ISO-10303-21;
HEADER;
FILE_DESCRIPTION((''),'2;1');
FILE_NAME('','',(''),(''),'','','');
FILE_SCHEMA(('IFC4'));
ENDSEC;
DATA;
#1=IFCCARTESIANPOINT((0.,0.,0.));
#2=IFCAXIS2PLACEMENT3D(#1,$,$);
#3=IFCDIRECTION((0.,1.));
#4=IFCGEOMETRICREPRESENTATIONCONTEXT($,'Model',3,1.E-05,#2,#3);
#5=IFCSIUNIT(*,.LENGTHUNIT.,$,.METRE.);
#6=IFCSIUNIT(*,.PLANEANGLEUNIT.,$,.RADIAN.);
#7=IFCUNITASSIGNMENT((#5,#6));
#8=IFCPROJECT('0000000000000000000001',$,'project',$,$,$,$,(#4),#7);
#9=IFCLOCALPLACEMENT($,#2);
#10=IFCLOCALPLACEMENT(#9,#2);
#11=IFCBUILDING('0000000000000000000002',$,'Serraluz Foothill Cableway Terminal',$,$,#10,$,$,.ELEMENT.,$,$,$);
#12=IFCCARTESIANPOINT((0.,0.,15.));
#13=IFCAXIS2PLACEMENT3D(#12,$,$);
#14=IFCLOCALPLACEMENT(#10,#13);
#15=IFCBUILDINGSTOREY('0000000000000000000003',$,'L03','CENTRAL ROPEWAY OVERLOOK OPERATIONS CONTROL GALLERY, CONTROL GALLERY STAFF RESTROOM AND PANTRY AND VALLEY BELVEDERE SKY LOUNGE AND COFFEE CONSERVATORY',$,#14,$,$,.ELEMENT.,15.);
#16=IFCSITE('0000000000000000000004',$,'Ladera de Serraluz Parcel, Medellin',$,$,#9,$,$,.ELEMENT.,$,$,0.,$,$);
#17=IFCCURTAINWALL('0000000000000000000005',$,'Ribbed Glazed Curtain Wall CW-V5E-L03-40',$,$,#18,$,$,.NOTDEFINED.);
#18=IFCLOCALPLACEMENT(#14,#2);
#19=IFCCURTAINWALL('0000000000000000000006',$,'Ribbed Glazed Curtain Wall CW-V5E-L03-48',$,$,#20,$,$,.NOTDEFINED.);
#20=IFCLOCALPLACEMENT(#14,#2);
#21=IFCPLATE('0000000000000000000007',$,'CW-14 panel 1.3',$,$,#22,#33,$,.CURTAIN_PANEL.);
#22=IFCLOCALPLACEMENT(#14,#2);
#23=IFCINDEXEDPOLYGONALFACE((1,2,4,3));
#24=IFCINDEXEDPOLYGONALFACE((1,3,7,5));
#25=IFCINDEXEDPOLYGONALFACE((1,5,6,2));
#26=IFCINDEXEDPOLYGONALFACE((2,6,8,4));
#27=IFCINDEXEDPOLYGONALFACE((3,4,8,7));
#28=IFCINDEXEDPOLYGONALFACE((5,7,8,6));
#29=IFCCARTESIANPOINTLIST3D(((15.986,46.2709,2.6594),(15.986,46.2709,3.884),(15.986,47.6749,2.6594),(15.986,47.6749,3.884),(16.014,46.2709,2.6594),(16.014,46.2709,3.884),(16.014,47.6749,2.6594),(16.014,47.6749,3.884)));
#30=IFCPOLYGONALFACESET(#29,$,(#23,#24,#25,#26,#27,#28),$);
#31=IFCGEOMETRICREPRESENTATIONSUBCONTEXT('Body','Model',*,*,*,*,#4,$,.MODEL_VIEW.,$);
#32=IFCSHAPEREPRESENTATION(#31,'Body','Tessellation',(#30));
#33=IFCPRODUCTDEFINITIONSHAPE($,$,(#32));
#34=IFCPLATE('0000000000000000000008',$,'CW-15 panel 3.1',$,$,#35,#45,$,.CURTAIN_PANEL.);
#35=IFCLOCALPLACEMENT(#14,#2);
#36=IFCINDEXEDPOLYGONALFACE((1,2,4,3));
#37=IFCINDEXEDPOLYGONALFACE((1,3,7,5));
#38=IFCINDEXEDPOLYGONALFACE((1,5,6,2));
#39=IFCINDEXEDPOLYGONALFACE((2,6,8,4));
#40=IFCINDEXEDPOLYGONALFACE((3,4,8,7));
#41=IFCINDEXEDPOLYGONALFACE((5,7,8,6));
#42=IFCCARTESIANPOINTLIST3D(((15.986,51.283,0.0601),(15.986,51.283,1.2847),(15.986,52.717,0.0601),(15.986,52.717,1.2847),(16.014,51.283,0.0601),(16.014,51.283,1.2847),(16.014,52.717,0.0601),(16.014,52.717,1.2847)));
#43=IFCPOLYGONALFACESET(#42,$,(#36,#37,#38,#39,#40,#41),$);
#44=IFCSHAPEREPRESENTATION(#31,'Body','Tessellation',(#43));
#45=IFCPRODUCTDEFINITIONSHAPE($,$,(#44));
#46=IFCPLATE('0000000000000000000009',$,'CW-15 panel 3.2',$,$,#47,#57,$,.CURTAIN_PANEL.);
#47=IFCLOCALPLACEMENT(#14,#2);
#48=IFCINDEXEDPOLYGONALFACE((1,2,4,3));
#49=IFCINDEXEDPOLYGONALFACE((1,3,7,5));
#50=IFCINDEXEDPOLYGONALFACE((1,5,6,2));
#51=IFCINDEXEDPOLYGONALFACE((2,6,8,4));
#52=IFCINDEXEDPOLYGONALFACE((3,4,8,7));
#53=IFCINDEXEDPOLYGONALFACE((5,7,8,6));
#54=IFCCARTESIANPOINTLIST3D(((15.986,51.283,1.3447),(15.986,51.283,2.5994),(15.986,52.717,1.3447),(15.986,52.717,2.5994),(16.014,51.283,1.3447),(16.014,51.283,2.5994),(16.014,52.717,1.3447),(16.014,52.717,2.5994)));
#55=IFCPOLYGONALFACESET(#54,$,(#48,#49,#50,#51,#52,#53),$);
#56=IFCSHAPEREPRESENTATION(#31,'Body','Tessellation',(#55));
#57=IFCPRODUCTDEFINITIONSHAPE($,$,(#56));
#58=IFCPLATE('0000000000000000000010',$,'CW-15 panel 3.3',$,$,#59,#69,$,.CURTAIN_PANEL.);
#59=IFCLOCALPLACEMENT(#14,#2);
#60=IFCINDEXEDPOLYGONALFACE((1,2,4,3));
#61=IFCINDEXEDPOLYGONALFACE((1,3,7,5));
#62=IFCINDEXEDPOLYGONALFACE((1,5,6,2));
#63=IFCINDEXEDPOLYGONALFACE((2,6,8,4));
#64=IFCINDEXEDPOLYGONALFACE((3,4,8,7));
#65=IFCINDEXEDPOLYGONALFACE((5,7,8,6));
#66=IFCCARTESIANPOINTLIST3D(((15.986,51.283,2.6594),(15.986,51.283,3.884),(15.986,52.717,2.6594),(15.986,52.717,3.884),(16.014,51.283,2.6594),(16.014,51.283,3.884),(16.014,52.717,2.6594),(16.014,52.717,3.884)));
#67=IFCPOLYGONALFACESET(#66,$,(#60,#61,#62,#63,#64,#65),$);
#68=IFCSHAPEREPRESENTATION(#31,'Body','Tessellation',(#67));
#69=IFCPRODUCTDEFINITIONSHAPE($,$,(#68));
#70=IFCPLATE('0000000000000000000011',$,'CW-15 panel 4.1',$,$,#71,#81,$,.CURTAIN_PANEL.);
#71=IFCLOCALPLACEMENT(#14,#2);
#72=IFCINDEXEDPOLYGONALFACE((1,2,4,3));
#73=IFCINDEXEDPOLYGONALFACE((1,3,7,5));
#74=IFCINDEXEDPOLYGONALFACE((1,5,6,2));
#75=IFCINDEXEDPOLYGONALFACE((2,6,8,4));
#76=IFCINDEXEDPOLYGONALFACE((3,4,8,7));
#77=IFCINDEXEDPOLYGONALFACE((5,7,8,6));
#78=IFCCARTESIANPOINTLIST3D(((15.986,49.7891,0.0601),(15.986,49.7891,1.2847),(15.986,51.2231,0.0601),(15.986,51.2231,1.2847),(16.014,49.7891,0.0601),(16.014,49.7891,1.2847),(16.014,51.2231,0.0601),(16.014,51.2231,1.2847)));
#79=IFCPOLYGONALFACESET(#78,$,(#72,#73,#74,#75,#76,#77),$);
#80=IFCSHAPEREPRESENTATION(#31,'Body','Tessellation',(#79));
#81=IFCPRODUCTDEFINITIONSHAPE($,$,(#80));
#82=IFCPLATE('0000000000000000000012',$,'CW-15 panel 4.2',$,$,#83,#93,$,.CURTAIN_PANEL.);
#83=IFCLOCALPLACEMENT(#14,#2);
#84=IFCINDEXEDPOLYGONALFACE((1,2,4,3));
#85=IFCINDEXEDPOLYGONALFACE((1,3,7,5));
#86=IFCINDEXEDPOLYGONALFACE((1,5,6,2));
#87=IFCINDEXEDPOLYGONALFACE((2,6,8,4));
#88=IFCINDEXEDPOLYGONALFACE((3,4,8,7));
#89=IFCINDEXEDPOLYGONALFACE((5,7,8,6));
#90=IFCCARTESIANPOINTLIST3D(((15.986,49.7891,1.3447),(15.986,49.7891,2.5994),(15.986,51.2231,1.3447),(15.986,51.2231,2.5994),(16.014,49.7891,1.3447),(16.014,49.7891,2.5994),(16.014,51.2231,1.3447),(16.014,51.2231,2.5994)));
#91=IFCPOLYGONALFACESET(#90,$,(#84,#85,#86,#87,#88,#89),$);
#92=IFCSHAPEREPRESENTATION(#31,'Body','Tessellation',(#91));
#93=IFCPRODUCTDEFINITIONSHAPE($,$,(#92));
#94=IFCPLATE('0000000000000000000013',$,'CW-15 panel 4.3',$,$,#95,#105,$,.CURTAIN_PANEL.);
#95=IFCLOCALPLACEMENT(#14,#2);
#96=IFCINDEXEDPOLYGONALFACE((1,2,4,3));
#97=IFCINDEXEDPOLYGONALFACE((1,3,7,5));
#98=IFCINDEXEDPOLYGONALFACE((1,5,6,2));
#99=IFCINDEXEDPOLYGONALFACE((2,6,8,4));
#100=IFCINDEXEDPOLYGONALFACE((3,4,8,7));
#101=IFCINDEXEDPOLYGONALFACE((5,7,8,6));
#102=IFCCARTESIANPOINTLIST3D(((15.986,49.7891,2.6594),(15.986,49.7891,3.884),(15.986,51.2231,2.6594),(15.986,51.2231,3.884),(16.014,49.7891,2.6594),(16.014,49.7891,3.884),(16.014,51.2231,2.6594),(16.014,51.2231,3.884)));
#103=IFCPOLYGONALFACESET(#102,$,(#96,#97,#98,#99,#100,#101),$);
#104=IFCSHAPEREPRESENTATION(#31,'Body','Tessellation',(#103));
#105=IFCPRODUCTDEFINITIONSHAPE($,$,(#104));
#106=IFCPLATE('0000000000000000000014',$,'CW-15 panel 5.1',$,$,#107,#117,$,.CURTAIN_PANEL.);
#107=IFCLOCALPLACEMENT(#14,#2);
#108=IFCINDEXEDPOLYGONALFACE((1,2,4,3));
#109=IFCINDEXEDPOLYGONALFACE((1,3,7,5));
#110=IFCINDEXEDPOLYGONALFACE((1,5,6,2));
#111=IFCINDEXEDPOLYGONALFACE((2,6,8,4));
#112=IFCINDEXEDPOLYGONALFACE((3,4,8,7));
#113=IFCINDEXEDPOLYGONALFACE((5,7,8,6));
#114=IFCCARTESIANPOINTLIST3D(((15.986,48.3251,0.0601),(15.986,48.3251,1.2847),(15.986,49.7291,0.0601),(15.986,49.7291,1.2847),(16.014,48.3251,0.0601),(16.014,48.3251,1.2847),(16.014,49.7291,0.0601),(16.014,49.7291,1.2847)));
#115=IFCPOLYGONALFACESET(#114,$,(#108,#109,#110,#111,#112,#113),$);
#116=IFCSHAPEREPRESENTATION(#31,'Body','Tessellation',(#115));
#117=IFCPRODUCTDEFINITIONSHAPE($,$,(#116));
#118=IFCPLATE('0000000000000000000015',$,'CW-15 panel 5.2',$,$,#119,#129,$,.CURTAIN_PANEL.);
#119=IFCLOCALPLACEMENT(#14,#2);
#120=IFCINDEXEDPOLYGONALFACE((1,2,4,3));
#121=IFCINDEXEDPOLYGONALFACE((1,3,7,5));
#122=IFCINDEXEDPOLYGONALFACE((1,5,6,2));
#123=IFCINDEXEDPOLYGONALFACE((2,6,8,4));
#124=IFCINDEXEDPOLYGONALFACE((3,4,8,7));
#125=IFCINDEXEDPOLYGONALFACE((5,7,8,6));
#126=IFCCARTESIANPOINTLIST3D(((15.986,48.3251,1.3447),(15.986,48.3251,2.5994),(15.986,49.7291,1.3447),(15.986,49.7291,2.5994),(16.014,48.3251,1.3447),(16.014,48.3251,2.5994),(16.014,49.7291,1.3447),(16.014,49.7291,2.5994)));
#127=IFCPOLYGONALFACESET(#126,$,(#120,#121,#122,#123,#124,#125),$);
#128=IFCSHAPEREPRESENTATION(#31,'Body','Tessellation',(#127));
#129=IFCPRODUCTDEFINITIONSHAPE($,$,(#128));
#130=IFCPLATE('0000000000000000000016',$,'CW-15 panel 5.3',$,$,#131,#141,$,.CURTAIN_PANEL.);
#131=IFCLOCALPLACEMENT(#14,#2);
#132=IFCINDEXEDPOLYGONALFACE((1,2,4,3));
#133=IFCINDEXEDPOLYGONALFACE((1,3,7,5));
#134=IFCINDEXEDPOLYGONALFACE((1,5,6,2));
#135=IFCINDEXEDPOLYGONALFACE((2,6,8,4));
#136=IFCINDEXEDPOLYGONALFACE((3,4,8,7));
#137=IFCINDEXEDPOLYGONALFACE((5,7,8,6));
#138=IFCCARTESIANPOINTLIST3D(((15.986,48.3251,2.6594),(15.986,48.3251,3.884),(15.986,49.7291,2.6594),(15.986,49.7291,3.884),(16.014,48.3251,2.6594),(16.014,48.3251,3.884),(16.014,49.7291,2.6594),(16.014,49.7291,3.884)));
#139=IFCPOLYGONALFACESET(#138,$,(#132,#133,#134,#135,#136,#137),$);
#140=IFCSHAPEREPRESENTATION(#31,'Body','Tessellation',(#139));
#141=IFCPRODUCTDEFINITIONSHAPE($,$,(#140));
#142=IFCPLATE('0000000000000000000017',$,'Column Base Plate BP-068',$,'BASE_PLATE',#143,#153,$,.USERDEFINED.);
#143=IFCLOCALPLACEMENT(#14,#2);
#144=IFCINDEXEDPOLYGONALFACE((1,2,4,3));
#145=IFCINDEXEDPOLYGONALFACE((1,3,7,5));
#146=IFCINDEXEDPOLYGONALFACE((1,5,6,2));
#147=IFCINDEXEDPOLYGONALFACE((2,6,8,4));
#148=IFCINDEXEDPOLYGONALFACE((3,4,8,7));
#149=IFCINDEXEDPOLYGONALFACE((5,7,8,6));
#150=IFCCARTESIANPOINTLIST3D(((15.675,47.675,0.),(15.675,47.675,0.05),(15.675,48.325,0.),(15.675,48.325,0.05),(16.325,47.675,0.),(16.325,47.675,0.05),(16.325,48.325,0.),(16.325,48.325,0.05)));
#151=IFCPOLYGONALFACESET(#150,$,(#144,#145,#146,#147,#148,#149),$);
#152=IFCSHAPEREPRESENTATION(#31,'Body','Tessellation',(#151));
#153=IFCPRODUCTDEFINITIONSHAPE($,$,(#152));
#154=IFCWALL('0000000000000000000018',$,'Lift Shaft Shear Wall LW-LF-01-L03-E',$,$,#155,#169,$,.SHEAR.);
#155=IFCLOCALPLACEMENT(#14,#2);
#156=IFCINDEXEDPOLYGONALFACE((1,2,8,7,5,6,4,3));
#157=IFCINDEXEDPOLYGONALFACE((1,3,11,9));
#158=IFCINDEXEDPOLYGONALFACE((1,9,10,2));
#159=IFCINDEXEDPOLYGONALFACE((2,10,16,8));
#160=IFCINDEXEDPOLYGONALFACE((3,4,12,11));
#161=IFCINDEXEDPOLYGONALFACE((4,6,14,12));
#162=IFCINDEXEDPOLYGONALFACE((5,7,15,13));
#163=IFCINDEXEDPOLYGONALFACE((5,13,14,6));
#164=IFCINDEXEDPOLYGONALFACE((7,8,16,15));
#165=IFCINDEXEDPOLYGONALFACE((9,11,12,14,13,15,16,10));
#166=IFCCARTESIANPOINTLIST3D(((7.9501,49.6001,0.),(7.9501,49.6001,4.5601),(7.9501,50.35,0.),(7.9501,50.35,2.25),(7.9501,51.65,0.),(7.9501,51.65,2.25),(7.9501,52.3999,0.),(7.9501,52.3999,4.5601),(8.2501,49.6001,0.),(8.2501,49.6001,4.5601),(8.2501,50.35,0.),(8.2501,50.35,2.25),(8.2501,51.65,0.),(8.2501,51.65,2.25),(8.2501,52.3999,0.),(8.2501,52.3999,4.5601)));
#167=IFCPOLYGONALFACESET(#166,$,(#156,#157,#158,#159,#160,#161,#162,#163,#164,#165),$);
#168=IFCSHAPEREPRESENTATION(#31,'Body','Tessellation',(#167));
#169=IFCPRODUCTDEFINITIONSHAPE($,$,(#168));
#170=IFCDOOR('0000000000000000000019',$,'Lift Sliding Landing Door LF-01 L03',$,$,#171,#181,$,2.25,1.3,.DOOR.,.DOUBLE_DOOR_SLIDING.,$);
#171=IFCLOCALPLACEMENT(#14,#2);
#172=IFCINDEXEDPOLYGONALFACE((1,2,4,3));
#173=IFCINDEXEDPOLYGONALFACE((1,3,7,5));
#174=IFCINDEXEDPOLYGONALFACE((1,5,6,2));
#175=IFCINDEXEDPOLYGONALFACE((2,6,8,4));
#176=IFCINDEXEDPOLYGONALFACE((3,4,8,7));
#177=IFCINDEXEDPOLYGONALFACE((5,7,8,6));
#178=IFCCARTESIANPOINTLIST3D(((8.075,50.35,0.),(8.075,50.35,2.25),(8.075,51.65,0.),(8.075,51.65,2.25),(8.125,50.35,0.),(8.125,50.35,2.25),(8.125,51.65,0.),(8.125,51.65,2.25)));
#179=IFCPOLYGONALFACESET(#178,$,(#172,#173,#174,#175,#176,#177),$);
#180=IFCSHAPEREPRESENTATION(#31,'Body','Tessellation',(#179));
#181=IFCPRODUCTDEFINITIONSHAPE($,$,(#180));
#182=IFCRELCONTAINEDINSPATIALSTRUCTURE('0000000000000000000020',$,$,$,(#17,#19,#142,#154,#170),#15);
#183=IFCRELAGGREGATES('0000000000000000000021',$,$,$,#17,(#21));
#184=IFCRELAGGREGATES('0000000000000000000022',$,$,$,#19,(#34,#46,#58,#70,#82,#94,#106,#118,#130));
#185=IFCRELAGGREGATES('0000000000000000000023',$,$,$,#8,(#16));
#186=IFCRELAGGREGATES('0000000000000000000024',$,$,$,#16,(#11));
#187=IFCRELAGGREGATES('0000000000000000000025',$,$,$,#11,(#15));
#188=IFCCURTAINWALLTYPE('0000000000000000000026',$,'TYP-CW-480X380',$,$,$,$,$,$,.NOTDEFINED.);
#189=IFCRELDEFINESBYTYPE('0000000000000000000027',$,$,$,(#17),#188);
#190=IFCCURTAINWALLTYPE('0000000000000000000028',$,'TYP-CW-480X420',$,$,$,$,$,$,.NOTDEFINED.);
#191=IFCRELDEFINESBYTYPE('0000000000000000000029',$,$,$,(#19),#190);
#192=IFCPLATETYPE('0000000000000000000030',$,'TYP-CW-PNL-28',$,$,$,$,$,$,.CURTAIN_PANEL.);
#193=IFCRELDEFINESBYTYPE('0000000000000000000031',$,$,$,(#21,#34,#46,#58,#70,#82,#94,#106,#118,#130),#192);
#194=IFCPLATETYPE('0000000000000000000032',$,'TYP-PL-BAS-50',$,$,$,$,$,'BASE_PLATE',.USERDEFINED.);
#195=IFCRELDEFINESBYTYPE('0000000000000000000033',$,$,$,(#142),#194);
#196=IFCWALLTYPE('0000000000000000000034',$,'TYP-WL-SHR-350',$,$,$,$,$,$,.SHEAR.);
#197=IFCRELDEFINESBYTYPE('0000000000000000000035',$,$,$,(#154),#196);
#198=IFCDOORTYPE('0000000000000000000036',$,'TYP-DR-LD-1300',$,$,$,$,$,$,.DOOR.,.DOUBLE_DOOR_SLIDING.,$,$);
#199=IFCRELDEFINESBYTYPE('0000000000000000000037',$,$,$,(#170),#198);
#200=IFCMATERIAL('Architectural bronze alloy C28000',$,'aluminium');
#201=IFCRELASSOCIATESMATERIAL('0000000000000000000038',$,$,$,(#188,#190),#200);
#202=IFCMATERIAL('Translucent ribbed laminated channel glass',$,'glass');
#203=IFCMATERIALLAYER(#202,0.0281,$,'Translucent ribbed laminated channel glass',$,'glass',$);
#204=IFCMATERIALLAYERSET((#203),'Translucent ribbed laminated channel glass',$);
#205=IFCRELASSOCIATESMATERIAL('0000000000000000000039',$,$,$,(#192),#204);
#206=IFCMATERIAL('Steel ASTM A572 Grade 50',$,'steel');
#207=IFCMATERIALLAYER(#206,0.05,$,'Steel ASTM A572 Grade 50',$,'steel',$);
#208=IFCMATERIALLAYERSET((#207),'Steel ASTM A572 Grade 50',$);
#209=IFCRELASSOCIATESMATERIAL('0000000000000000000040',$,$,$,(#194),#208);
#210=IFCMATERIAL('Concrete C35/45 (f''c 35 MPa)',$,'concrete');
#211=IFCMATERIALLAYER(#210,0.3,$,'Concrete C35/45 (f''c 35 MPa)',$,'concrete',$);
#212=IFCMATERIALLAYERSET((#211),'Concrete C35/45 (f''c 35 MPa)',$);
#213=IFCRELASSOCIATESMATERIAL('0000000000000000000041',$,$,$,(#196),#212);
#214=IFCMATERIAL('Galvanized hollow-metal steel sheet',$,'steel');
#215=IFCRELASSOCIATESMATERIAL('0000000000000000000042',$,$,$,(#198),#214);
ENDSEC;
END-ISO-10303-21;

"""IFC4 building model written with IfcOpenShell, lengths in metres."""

from ifc_helpers import new_model, si_unit, direction, frame, frame_2d, origin, origin_2d, place, context, subcontext, project, spatial, rectangle, extrude, material, layer, layer_set, type_object, element, fill, aggregate, save


model = new_model("IFC4")

# Units and contexts
model_context = context("Model", 3, precision=1e-05, world=origin(), true_north=direction((0.0, 1.0)))
body_context = subcontext(model_context, "Body", "Model", "MODEL_VIEW")
ifc_project = project(units=[si_unit("LENGTHUNIT", "METRE"), si_unit("PLANEANGLEUNIT", "RADIAN")], contexts=[model_context])

# Site, building, storey
site_placement = place(None, origin())
site = spatial("IfcSite", under=ifc_project, at=site_placement, Name="Ladera de Serraluz Parcel, Medellin", CompositionType="ELEMENT", RefElevation=0.0)
building_placement = place(site_placement, origin())
building = spatial("IfcBuilding", under=site, at=building_placement, Name="Serraluz Foothill Cableway Terminal", CompositionType="ELEMENT")
storey_placement = place(building_placement, frame((0.0, 0.0, 15.0)))
storey = spatial("IfcBuildingStorey", under=building, at=storey_placement, Name="L03", Description="CENTRAL ROPEWAY OVERLOOK OPERATIONS CONTROL GALLERY, CONTROL GALLERY STAFF RESTROOM AND PANTRY AND VALLEY BELVEDERE SKY LOUNGE AND COFFEE CONSERVATORY", CompositionType="ELEMENT", Elevation=15.0)

# Shared definitions
ifc_material_1 = material(Name="Steel ASTM A572 Grade 50", Category="steel")

# Curtain walls
ifc_material_2 = material(Name="Architectural bronze alloy C28000", Category="aluminium")
curtain_wall_type_1 = type_object("IfcCurtainWallType", Name="TYP-CW-480X380", PredefinedType="NOTDEFINED", material=ifc_material_2)
curtain_wall_1_placement = place(storey_placement, origin())
curtain_wall_1 = element("IfcCurtainWall", 1, at=curtain_wall_1_placement, inside=storey, type_object=curtain_wall_type_1, Name="Ribbed Glazed Curtain Wall CW-V5E-L03-40", PredefinedType="NOTDEFINED")
curtain_wall_type_2 = type_object("IfcCurtainWallType", Name="TYP-CW-480X420", PredefinedType="NOTDEFINED", material=ifc_material_2)
curtain_wall_2_placement = place(storey_placement, origin())
curtain_wall_2 = element("IfcCurtainWall", 2, at=curtain_wall_2_placement, inside=storey, type_object=curtain_wall_type_2, Name="Ribbed Glazed Curtain Wall CW-V5E-L03-48", PredefinedType="NOTDEFINED")

# Plates
ifc_material_3 = material(Name="Translucent ribbed laminated channel glass", Category="glass")
ifc_layer_1 = layer(ifc_material_3, 0.0281, Name="Translucent ribbed laminated channel glass", Category="glass")
ifc_layer_set_1 = layer_set([ifc_layer_1], Name="Translucent ribbed laminated channel glass")
plate_type_1 = type_object("IfcPlateType", Name="TYP-CW-PNL-28", PredefinedType="CURTAIN_PANEL", material=ifc_layer_set_1)
plate_1_placement = place(storey_placement, frame((16.0, 46.9729, 2.6594), z_axis=(0.0, 0.0, 1.0), x_axis=(0.0, -1.0, 0.0)))
plate_1 = element("IfcPlate", 3, at=plate_1_placement, type_object=plate_type_1, Name="CW-14 panel 1.3", PredefinedType="CURTAIN_PANEL", context=body_context, shape_type="SweptSolid", body=[
    extrude(rectangle(XDim=1.4041, YDim=0.0281, at=origin_2d()), origin(), (0.0, 0.0, 1.0), 1.2246),
])
aggregate(curtain_wall_1, [plate_1])
plate_2_placement = place(storey_placement, frame((16.0, 52.0, 0.0601), z_axis=(0.0, 0.0, 1.0), x_axis=(0.0, -1.0, 0.0)))
plate_2 = element("IfcPlate", 4, at=plate_2_placement, type_object=plate_type_1, Name="CW-15 panel 3.1", PredefinedType="CURTAIN_PANEL", context=body_context, shape_type="SweptSolid", body=[
    extrude(rectangle(XDim=1.4341, YDim=0.0281, at=origin_2d()), origin(), (0.0, 0.0, 1.0), 1.2246),
])
plate_3_placement = place(storey_placement, frame((16.0, 52.0, 1.3447), z_axis=(0.0, 0.0, 1.0), x_axis=(0.0, -1.0, 0.0)))
plate_3 = element("IfcPlate", 5, at=plate_3_placement, type_object=plate_type_1, Name="CW-15 panel 3.2", PredefinedType="CURTAIN_PANEL", context=body_context, shape_type="SweptSolid", body=[
    extrude(rectangle(XDim=1.4341, YDim=0.0281, at=origin_2d()), origin(), (0.0, 0.0, 1.0), 1.2546),
])
plate_4_placement = place(storey_placement, frame((16.0, 52.0, 2.6594), z_axis=(0.0, 0.0, 1.0), x_axis=(0.0, -1.0, 0.0)))
plate_4 = element("IfcPlate", 6, at=plate_4_placement, type_object=plate_type_1, Name="CW-15 panel 3.3", PredefinedType="CURTAIN_PANEL", context=body_context, shape_type="SweptSolid", body=[
    extrude(rectangle(XDim=1.4341, YDim=0.0281, at=origin_2d()), origin(), (0.0, 0.0, 1.0), 1.2246),
])
plate_5_placement = place(storey_placement, frame((16.0, 50.5061, 0.0601), z_axis=(0.0, 0.0, 1.0), x_axis=(0.0, -1.0, 0.0)))
plate_5 = element("IfcPlate", 7, at=plate_5_placement, type_object=plate_type_1, Name="CW-15 panel 4.1", PredefinedType="CURTAIN_PANEL", context=body_context, shape_type="SweptSolid", body=[
    extrude(rectangle(XDim=1.4341, YDim=0.0281, at=origin_2d()), origin(), (0.0, 0.0, 1.0), 1.2246),
])
plate_6_placement = place(storey_placement, frame((16.0, 50.5061, 1.3447), z_axis=(0.0, 0.0, 1.0), x_axis=(0.0, -1.0, 0.0)))
plate_6 = element("IfcPlate", 8, at=plate_6_placement, type_object=plate_type_1, Name="CW-15 panel 4.2", PredefinedType="CURTAIN_PANEL", context=body_context, shape_type="SweptSolid", body=[
    extrude(rectangle(XDim=1.4341, YDim=0.0281, at=origin_2d()), origin(), (0.0, 0.0, 1.0), 1.2546),
])
plate_7_placement = place(storey_placement, frame((16.0, 50.5061, 2.6594), z_axis=(0.0, 0.0, 1.0), x_axis=(0.0, -1.0, 0.0)))
plate_7 = element("IfcPlate", 9, at=plate_7_placement, type_object=plate_type_1, Name="CW-15 panel 4.3", PredefinedType="CURTAIN_PANEL", context=body_context, shape_type="SweptSolid", body=[
    extrude(rectangle(XDim=1.4341, YDim=0.0281, at=origin_2d()), origin(), (0.0, 0.0, 1.0), 1.2246),
])
plate_8_placement = place(storey_placement, frame((16.0, 49.0271, 0.0601), z_axis=(0.0, 0.0, 1.0), x_axis=(0.0, -1.0, 0.0)))
plate_8 = element("IfcPlate", 10, at=plate_8_placement, type_object=plate_type_1, Name="CW-15 panel 5.1", PredefinedType="CURTAIN_PANEL", context=body_context, shape_type="SweptSolid", body=[
    extrude(rectangle(XDim=1.4041, YDim=0.0281, at=origin_2d()), origin(), (0.0, 0.0, 1.0), 1.2246),
])
plate_9_placement = place(storey_placement, frame((16.0, 49.0271, 1.3447), z_axis=(0.0, 0.0, 1.0), x_axis=(0.0, -1.0, 0.0)))
plate_9 = element("IfcPlate", 11, at=plate_9_placement, type_object=plate_type_1, Name="CW-15 panel 5.2", PredefinedType="CURTAIN_PANEL", context=body_context, shape_type="SweptSolid", body=[
    extrude(rectangle(XDim=1.4041, YDim=0.0281, at=origin_2d()), origin(), (0.0, 0.0, 1.0), 1.2546),
])
plate_10_placement = place(storey_placement, frame((16.0, 49.0271, 2.6594), z_axis=(0.0, 0.0, 1.0), x_axis=(0.0, -1.0, 0.0)))
plate_10 = element("IfcPlate", 12, at=plate_10_placement, type_object=plate_type_1, Name="CW-15 panel 5.3", PredefinedType="CURTAIN_PANEL", context=body_context, shape_type="SweptSolid", body=[
    extrude(rectangle(XDim=1.4041, YDim=0.0281, at=origin_2d()), origin(), (0.0, 0.0, 1.0), 1.2246),
])
aggregate(curtain_wall_2, [plate_2, plate_3, plate_4, plate_5, plate_6, plate_7, plate_8, plate_9, plate_10])
ifc_layer_2 = layer(ifc_material_1, 0.05, Name="Steel ASTM A572 Grade 50", Category="steel")
ifc_layer_set_2 = layer_set([ifc_layer_2], Name="Steel ASTM A572 Grade 50")
plate_type_2 = type_object("IfcPlateType", Name="TYP-PL-BAS-50", ElementType="BASE_PLATE", PredefinedType="USERDEFINED", material=ifc_layer_set_2)
plate_11_placement = place(storey_placement, frame((16.0, 48.0, 0.0), z_axis=(0.0, 0.0, 1.0), x_axis=(1.0, 0.0, 0.0)))
element("IfcPlate", 13, at=plate_11_placement, inside=storey, type_object=plate_type_2, Name="Column Base Plate BP-068", ObjectType="BASE_PLATE", PredefinedType="USERDEFINED", context=body_context, shape_type="SweptSolid", body=[
    extrude(rectangle(XDim=0.6499, YDim=0.6499, at=origin_2d()), origin(), (0.0, 0.0, 1.0), 0.05),
])

# Wall, opening, door
ifc_material_4 = material(Name="Concrete C35/45 (f'c 35 MPa)", Category="concrete")
ifc_layer_3 = layer(ifc_material_4, 0.3, Name="Concrete C35/45 (f'c 35 MPa)", Category="concrete")
ifc_layer_set_3 = layer_set([ifc_layer_3], Name="Concrete C35/45 (f'c 35 MPa)")
wall_type = type_object("IfcWallType", Name="TYP-WL-SHR-350", PredefinedType="SHEAR", material=ifc_layer_set_3)
wall_placement = place(storey_placement, frame((8.1001, 52.3999, 0.0), z_axis=(0.0, 0.0, 1.0), x_axis=(0.0, -1.0, 0.0)))
wall = element("IfcWall", 14, at=wall_placement, inside=storey, type_object=wall_type, Name="Lift Shaft Shear Wall LW-LF-01-L03-E", PredefinedType="SHEAR", context=body_context, shape_type="SweptSolid", body=[
    extrude(rectangle(XDim=2.7998, YDim=0.3, at=frame_2d((1.3999, 0.0))), origin(), (0.0, 0.0, 1.0), 4.5601),
])
opening_placement = place(wall_placement, frame((0.75, 0.0, 0.0)))
opening = element("IfcOpeningElement", 15, at=opening_placement, cuts=wall, PredefinedType="OPENING", context=body_context, shape_type="SweptSolid", body=[
    extrude(rectangle(XDim=1.3, YDim=2.25, at=frame_2d((0.6499, 1.125))), frame((0.0, 0.1602, 0.0), z_axis=(0.0, -1.0, 0.0), x_axis=(1.0, 0.0, 0.0)), (0.0, 0.0, 1.0), 0.3201),
])
ifc_material_5 = material(Name="Galvanized hollow-metal steel sheet", Category="steel")
door_type = type_object("IfcDoorType", Name="TYP-DR-LD-1300", OperationType="DOUBLE_DOOR_SLIDING", PredefinedType="DOOR", material=ifc_material_5)
door_placement = place(opening_placement, origin())
door = element("IfcDoor", 16, at=door_placement, inside=storey, type_object=door_type, Name="Lift Sliding Landing Door LF-01 L03", OperationType="DOUBLE_DOOR_SLIDING", OverallHeight=2.25, OverallWidth=1.3, PredefinedType="DOOR", context=body_context, shape_type="SweptSolid", body=[
    extrude(rectangle(XDim=1.3, YDim=2.25, at=frame_2d((0.6499, 1.125))), frame((0.0, 0.0249, 0.0), z_axis=(0.0, -1.0, 0.0), x_axis=(1.0, 0.0, 0.0)), (0.0, 0.0, 1.0), 0.05),
])
fill(opening, door)

save(model, "model.ifc")
